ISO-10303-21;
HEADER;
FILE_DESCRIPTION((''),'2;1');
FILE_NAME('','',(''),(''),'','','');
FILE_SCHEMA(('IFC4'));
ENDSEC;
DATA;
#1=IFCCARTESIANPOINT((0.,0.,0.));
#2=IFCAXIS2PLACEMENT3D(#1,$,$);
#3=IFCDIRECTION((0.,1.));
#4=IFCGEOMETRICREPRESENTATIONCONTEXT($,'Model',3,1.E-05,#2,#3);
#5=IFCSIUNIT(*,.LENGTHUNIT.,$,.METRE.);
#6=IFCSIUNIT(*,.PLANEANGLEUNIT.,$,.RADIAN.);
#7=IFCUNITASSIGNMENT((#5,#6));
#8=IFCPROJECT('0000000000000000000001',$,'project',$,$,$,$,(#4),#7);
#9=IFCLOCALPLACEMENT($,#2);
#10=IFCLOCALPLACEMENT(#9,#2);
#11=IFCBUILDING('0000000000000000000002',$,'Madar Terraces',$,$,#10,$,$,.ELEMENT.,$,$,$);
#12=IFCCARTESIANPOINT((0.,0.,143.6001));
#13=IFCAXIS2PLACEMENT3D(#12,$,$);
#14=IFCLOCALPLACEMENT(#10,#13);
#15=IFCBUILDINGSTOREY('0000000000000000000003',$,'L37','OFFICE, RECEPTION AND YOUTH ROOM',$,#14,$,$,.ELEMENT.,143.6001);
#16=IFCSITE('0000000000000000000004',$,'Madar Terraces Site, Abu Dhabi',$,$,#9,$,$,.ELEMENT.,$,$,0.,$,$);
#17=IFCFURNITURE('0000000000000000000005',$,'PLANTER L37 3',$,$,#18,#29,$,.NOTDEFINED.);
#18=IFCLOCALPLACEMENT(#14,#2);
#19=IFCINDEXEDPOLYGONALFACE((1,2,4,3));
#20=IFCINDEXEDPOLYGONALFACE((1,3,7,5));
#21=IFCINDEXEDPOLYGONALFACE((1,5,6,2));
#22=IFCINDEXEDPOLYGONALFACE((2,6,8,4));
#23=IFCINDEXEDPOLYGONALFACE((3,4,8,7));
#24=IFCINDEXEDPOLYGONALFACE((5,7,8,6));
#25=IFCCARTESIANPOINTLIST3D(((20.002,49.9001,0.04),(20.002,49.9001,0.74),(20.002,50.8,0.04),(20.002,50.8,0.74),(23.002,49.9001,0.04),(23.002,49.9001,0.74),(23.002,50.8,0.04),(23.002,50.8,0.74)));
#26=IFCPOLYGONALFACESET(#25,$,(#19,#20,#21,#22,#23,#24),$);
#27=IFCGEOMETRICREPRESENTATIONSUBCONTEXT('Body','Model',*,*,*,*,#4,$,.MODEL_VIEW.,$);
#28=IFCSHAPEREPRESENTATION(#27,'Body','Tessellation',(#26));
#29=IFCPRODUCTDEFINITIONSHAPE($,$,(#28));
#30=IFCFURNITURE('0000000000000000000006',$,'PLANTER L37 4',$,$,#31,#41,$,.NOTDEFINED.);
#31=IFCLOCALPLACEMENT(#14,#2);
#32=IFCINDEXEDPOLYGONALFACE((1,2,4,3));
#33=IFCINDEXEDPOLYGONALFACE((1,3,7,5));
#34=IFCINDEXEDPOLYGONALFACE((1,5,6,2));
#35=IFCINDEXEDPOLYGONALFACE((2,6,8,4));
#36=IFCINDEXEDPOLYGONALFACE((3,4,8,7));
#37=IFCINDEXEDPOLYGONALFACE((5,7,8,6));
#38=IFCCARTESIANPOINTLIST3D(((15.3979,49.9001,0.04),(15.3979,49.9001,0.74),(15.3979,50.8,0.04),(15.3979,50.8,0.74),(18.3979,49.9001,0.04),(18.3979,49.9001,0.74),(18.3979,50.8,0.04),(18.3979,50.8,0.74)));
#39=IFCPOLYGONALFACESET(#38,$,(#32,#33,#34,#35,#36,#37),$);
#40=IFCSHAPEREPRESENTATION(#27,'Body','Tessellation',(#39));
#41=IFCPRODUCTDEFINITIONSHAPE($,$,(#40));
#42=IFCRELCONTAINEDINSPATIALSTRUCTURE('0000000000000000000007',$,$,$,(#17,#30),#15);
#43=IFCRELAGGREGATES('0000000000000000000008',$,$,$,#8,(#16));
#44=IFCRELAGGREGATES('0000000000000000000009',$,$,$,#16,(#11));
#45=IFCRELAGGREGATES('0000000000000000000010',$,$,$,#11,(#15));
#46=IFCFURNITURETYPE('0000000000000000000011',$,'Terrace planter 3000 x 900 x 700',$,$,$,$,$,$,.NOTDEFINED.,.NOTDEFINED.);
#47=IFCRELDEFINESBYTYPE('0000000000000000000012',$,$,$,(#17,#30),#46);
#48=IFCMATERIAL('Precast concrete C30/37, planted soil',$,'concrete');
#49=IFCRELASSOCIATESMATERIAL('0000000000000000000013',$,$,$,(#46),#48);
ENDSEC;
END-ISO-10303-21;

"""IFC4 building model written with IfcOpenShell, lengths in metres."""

from ifc_helpers import new_model, si_unit, direction, frame, origin, origin_2d, place, context, subcontext, project, spatial, rectangle, extrude, material, type_object, element, save


model = new_model("IFC4")

# Units and contexts
model_context = context("Model", 3, precision=1e-05, world=origin(), true_north=direction((0.0, 1.0)))
body_context = subcontext(model_context, "Body", "Model", "MODEL_VIEW")
ifc_project = project(units=[si_unit("LENGTHUNIT", "METRE"), si_unit("PLANEANGLEUNIT", "RADIAN")], contexts=[model_context])

# Site, building, storey
site_placement = place(None, origin())
site = spatial("IfcSite", under=ifc_project, at=site_placement, Name="Madar Terraces Site, Abu Dhabi", CompositionType="ELEMENT", RefElevation=0.0)
building_placement = place(site_placement, origin())
building = spatial("IfcBuilding", under=site, at=building_placement, Name="Madar Terraces", CompositionType="ELEMENT")
storey_placement = place(building_placement, frame((0.0, 0.0, 143.6001)))
storey = spatial("IfcBuildingStorey", under=building, at=storey_placement, Name="L37", Description="OFFICE, RECEPTION AND YOUTH ROOM", CompositionType="ELEMENT", Elevation=143.6001)

# Furniture
ifc_material_1 = material(Name="Precast concrete C30/37, planted soil", Category="concrete")
furniture_type = type_object("IfcFurnitureType", Name="Terrace planter 3000 x 900 x 700", AssemblyPlace="NOTDEFINED", PredefinedType="NOTDEFINED", material=ifc_material_1)
for number, where, z_axis, x_axis, name in (
    (1, (21.502, 50.3501, 0.04), (0.0, 0.0, 1.0), (-1.0, 0.0, 0.0), "PLANTER L37 3"),
    (2, (16.8979, 50.3501, 0.04), (0.0, 0.0, 1.0), (-1.0, 0.0, 0.0), "PLANTER L37 4"),
):
    element("IfcFurniture", number, at=place(storey_placement, frame(where, z_axis=z_axis, x_axis=x_axis)), inside=storey, type_object=furniture_type, Name=name, PredefinedType="NOTDEFINED", context=body_context, shape_type="SweptSolid", body=[
        extrude(rectangle(XDim=3.0, YDim=0.8999, at=origin_2d()), origin(), (0.0, 0.0, 1.0), 0.7),
    ])

save(model, "model.ifc")
